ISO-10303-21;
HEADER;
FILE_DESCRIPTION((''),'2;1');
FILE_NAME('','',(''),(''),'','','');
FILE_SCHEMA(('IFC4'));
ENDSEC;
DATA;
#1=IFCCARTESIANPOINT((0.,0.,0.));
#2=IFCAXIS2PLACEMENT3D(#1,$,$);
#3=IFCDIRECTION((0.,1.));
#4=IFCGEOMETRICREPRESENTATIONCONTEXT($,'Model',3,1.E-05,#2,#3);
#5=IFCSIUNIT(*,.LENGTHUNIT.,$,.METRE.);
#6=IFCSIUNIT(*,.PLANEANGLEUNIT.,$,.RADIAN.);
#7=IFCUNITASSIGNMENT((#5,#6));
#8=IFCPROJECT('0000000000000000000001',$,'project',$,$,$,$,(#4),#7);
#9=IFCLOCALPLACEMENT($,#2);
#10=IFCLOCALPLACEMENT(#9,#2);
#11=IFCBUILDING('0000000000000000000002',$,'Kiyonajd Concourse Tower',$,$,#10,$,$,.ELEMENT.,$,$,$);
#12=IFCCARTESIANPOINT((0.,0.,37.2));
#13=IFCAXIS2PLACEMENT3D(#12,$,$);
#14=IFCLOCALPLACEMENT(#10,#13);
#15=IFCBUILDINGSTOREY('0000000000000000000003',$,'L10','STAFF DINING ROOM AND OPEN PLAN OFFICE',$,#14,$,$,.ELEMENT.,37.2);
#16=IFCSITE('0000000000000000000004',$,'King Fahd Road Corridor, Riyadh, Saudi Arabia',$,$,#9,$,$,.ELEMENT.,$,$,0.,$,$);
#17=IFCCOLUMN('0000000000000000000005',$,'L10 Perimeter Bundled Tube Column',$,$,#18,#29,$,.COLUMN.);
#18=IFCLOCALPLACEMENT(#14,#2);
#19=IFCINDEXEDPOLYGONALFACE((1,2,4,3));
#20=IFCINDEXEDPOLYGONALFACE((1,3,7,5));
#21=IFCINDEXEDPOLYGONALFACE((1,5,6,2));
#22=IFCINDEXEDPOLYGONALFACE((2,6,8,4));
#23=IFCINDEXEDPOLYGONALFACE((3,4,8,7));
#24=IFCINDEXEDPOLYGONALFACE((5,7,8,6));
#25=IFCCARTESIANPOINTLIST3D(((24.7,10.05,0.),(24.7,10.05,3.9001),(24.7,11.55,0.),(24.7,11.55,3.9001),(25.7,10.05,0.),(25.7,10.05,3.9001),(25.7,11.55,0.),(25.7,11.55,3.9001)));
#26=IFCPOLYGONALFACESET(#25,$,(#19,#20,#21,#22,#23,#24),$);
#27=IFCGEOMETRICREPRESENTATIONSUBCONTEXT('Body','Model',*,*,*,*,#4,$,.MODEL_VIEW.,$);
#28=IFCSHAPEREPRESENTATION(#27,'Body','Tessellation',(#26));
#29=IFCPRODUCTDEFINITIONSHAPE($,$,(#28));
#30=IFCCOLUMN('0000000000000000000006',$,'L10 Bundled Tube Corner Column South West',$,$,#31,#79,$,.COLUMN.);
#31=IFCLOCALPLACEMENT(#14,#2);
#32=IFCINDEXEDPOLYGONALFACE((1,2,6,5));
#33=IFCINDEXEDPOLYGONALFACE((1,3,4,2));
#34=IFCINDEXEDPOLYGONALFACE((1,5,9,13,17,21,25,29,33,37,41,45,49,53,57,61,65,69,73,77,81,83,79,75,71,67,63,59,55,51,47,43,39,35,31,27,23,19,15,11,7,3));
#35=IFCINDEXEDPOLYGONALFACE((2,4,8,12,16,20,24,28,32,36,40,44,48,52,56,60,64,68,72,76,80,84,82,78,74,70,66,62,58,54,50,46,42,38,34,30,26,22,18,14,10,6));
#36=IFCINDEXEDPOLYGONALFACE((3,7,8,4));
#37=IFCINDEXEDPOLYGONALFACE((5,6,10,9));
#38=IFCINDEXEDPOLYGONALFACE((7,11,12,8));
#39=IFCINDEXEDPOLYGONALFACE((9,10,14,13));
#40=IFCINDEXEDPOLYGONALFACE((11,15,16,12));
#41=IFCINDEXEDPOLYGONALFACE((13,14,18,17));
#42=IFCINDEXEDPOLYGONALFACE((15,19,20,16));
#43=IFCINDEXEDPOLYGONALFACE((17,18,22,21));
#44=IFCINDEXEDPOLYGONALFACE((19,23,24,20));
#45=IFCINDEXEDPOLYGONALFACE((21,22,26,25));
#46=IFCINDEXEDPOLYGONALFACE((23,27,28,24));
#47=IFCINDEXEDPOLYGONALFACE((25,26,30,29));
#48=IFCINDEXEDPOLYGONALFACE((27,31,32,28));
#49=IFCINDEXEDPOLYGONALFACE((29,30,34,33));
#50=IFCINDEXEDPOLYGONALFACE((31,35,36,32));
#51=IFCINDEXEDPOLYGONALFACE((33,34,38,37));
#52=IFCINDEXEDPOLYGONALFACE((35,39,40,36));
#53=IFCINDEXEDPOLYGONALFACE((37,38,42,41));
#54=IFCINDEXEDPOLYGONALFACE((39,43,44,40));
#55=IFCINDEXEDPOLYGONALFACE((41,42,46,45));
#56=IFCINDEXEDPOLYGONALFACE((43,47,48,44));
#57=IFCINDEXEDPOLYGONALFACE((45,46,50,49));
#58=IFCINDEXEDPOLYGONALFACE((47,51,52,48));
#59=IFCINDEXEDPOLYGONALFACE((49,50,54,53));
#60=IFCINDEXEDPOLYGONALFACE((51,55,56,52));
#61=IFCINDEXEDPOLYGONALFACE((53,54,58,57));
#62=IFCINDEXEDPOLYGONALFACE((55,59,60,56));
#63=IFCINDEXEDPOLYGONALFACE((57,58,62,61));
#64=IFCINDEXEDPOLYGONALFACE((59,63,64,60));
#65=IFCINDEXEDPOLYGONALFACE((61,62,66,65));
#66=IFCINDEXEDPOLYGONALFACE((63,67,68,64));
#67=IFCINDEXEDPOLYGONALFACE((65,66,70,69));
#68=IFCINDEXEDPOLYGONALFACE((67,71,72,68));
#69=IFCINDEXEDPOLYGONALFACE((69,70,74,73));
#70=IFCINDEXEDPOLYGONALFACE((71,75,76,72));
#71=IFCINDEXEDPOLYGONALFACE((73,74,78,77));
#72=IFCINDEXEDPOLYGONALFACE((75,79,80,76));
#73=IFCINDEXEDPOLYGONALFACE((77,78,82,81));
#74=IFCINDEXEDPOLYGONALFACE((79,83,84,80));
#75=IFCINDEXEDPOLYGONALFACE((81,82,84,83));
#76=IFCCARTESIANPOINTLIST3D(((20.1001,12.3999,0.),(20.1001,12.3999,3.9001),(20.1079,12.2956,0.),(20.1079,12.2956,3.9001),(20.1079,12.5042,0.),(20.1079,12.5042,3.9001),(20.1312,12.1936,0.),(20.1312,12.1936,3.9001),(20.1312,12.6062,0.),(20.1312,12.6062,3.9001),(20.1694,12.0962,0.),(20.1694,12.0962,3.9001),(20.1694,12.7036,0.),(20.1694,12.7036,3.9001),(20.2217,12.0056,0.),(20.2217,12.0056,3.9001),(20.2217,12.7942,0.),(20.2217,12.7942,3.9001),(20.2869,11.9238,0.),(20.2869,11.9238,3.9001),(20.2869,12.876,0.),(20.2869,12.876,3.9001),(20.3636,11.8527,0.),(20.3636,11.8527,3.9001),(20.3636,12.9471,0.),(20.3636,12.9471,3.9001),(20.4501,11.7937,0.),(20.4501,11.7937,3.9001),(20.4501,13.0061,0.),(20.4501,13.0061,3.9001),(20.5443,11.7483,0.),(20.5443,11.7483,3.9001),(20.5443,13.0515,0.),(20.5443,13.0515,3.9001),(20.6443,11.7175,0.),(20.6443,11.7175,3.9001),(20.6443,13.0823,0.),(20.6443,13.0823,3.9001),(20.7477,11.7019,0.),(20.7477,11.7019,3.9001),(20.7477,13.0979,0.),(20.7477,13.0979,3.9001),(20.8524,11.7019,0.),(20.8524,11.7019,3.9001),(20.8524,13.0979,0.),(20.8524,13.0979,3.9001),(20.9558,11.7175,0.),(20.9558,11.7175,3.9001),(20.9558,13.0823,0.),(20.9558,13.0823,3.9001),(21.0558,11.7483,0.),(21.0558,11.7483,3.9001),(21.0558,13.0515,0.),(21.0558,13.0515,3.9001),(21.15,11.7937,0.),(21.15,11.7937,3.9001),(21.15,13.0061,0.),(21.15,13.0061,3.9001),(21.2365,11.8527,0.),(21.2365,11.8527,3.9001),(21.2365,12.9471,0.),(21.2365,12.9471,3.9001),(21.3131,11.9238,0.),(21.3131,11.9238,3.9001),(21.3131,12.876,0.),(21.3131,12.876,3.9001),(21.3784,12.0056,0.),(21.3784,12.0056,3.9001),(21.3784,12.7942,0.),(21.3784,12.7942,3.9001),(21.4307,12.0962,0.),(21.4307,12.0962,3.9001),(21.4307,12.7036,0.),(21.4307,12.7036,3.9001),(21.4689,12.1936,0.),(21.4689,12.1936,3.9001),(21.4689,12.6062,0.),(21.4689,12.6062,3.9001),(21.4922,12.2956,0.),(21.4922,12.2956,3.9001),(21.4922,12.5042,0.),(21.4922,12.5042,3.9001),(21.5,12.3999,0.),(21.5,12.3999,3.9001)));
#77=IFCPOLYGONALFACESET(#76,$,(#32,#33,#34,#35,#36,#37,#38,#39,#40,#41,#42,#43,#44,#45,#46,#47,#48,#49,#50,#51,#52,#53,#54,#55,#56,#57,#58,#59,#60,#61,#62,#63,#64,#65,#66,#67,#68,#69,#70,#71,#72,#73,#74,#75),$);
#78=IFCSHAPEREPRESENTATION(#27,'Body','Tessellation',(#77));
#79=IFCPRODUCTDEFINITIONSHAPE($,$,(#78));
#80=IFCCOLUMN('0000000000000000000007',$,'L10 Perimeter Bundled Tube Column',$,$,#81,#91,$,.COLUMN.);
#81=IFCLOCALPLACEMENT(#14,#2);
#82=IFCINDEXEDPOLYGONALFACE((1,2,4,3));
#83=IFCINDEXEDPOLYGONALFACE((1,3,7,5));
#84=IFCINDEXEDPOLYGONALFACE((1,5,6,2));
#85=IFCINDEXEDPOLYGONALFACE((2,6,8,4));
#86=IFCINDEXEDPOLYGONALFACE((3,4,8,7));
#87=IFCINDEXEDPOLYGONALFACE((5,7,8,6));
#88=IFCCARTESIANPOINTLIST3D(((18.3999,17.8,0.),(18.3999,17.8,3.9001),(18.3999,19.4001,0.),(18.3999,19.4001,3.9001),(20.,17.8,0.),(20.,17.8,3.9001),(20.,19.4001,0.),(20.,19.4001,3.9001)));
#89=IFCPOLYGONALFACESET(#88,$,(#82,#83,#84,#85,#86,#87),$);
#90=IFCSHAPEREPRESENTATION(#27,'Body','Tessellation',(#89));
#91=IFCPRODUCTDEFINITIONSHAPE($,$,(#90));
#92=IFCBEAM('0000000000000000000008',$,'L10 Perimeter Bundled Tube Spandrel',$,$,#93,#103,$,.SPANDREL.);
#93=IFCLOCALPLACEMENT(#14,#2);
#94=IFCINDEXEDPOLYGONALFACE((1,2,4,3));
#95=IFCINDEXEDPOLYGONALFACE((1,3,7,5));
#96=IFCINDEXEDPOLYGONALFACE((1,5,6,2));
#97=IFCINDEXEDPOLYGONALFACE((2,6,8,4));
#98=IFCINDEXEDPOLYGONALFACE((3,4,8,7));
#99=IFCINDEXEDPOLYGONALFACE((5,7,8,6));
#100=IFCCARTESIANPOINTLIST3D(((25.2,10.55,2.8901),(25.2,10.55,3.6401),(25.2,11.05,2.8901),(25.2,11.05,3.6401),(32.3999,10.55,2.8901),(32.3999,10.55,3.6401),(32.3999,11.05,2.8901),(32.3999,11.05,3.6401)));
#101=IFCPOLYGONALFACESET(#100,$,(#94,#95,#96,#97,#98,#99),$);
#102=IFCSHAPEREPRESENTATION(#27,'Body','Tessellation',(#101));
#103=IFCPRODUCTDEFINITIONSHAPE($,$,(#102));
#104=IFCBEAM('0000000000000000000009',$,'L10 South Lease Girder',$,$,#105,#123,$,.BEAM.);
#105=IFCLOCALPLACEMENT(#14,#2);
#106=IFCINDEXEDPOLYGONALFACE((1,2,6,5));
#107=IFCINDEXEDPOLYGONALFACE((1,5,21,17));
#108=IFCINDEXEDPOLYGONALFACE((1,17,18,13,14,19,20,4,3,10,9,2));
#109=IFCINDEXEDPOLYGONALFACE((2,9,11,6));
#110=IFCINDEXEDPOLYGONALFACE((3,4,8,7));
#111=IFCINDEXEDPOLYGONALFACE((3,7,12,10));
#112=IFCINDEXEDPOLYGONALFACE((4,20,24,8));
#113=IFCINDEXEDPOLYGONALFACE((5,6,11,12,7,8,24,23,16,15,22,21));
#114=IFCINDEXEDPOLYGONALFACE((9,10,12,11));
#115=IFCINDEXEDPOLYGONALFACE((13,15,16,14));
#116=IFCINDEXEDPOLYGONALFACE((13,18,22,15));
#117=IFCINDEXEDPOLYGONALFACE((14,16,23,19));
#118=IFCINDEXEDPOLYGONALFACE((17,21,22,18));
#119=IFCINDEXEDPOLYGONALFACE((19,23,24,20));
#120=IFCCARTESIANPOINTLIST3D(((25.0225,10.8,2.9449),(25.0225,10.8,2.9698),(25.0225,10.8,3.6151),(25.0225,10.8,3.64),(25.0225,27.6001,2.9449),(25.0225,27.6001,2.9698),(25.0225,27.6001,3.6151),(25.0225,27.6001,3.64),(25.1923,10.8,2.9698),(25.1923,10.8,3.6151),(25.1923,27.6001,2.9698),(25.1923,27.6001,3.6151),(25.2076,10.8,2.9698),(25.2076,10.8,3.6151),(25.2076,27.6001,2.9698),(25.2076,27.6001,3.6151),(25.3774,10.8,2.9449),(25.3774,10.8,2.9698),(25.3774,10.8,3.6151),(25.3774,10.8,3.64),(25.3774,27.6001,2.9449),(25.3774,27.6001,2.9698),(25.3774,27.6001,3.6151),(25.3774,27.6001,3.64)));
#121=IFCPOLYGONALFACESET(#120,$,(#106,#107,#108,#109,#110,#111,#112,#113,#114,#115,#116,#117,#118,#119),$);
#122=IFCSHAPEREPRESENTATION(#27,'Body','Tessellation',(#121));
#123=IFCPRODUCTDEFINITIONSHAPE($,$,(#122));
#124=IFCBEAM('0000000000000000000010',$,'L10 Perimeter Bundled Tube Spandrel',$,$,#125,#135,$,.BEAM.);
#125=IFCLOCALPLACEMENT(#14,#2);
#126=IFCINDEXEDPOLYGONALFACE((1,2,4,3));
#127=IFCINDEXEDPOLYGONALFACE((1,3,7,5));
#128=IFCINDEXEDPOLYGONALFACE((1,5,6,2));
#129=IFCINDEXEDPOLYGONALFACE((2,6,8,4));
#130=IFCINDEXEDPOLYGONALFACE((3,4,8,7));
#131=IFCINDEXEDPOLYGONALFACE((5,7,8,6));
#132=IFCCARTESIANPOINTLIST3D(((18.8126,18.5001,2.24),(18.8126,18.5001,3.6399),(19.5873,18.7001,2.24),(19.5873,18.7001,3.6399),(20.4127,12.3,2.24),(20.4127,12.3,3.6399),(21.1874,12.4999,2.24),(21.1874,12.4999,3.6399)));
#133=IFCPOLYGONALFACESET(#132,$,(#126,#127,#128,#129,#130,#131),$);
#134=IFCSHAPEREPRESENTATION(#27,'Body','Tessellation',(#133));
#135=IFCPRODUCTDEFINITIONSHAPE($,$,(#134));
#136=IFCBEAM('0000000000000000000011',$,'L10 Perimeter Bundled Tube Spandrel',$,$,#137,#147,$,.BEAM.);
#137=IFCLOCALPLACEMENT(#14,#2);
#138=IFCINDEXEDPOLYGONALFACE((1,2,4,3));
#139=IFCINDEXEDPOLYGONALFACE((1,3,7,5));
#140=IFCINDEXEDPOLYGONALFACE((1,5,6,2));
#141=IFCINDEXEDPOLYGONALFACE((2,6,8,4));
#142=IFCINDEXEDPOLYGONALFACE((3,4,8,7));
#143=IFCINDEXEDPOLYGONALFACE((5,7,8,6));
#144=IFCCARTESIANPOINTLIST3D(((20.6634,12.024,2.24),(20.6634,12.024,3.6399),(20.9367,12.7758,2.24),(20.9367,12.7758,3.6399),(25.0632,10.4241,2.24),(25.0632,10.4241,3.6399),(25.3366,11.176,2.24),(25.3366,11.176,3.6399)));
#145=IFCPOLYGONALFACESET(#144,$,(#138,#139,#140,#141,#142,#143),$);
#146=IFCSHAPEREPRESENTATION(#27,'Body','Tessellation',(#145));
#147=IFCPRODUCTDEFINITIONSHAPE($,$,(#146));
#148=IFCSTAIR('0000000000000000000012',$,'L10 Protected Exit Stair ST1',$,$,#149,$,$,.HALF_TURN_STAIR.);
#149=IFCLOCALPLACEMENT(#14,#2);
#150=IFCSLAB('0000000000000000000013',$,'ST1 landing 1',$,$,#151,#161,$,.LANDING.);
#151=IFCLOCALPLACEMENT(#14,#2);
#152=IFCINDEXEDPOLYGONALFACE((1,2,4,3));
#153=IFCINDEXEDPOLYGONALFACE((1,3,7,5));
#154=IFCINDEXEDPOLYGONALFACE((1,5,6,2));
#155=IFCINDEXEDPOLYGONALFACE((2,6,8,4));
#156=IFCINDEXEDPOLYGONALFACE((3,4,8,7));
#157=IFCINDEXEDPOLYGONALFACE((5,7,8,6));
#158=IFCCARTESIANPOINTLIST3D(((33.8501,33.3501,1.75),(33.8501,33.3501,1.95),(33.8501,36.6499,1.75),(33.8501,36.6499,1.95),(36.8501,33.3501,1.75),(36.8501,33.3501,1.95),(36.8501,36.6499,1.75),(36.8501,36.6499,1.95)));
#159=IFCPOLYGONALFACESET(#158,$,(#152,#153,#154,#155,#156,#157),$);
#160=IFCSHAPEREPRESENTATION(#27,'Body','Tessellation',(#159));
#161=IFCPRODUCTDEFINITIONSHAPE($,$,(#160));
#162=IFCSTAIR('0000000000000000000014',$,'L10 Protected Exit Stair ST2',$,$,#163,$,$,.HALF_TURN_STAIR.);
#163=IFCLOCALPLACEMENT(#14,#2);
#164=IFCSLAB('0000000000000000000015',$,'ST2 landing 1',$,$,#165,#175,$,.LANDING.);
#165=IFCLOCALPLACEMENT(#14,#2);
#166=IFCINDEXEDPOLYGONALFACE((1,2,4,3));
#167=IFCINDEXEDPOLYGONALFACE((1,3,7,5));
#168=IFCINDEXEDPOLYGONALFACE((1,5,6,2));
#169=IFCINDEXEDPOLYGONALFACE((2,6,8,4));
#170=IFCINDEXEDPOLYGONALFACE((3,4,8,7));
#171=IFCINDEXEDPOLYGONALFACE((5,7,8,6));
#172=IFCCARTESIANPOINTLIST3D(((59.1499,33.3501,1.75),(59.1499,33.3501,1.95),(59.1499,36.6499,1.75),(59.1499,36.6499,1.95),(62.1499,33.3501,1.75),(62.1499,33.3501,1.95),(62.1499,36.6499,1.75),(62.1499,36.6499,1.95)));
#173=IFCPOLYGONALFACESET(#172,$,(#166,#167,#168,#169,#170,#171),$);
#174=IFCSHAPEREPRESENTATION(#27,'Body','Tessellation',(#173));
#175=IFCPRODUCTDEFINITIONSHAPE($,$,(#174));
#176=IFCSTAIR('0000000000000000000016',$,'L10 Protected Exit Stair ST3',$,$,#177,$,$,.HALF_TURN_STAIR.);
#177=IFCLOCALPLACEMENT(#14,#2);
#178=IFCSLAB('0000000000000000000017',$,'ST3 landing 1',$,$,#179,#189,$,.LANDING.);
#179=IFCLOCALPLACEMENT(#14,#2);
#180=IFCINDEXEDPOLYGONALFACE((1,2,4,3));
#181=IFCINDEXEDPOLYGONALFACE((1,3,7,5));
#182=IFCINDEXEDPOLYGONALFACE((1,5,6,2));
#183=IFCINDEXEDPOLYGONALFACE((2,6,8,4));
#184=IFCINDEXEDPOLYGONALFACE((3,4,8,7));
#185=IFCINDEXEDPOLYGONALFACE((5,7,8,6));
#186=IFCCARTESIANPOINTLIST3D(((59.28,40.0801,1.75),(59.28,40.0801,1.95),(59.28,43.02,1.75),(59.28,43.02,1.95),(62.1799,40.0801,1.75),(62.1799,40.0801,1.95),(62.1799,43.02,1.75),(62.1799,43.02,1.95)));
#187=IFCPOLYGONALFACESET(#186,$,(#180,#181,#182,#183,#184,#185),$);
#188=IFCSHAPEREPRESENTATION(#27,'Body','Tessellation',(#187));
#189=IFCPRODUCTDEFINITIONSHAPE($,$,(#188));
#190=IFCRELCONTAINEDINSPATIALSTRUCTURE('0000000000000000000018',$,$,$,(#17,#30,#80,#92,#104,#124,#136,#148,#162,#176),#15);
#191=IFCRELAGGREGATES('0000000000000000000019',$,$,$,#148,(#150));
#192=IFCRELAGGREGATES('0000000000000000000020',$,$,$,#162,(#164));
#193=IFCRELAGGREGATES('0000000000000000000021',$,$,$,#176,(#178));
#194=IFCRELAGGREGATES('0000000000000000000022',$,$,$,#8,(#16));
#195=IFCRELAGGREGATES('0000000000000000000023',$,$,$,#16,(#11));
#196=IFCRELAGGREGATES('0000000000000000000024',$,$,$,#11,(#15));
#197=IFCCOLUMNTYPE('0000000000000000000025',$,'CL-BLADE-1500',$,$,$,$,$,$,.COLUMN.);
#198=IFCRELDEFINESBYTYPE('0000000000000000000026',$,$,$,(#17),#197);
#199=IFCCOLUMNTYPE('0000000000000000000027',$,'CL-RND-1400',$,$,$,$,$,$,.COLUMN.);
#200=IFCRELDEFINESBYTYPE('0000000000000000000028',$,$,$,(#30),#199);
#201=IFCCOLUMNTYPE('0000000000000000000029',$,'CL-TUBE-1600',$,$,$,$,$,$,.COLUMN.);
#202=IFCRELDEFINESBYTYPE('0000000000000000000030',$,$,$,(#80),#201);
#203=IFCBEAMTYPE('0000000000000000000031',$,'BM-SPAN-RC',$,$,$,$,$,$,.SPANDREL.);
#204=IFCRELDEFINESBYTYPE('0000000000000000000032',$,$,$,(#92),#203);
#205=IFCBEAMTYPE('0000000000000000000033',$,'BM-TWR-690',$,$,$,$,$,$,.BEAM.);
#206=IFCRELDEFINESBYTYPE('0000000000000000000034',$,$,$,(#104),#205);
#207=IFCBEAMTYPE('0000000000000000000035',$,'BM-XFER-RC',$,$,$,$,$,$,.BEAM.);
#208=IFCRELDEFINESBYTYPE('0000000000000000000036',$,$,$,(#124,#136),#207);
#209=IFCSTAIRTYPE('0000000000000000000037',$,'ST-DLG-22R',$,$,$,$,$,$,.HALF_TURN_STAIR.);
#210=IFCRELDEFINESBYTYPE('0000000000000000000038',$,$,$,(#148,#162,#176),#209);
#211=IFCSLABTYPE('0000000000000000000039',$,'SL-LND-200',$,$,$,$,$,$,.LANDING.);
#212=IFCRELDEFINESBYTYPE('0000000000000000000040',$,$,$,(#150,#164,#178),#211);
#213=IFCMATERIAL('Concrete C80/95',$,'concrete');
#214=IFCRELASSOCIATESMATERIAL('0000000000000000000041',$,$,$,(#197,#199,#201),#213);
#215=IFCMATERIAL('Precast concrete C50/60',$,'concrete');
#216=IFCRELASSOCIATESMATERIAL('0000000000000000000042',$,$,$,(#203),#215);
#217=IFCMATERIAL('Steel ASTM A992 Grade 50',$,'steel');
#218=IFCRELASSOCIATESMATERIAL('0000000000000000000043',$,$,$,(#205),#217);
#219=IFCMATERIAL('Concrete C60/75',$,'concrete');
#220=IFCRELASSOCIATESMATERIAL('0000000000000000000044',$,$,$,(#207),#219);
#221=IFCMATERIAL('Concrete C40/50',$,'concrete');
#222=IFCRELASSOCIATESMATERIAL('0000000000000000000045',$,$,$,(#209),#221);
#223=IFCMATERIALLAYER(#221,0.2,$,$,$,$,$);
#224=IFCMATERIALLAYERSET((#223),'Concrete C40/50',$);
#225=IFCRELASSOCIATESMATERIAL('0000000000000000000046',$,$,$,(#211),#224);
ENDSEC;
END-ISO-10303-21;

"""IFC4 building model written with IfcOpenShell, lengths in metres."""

from ifc_helpers import new_model, si_unit, direction, frame, origin, origin_2d, place, context, subcontext, project, spatial, polyline, rectangle, circle, i_section, outline, extrude, material, layer, layer_set, material_profile, profile_set, type_object, element, aggregate, save


model = new_model("IFC4")

# Units and contexts
model_context = context("Model", 3, precision=1e-05, world=origin(), true_north=direction((0.0, 1.0)))
body_context = subcontext(model_context, "Body", "Model", "MODEL_VIEW")
ifc_project = project(units=[si_unit("LENGTHUNIT", "METRE"), si_unit("PLANEANGLEUNIT", "RADIAN")], contexts=[model_context])

# Site, building, storey
site_placement = place(None, origin())
site = spatial("IfcSite", under=ifc_project, at=site_placement, Name="King Fahd Road Corridor, Riyadh, Saudi Arabia", CompositionType="ELEMENT", RefElevation=0.0)
building_placement = place(site_placement, origin())
building = spatial("IfcBuilding", under=site, at=building_placement, Name="Kiyonajd Concourse Tower", CompositionType="ELEMENT")
storey_placement = place(building_placement, frame((0.0, 0.0, 37.2)))
storey = spatial("IfcBuildingStorey", under=building, at=storey_placement, Name="L10", Description="STAFF DINING ROOM AND OPEN PLAN OFFICE", CompositionType="ELEMENT", Elevation=37.2)

# Columns
ifc_material_1 = material(Name="Concrete C80/95", Category="concrete")
ifc_material_profile_1 = material_profile(ifc_material_1, rectangle(XDim=1.0, YDim=1.5, at=origin_2d()), Name="RC-1500x1000")
ifc_profile_set_1 = profile_set([ifc_material_profile_1], Name="Concrete C80/95")
column_type_1 = type_object("IfcColumnType", Name="CL-BLADE-1500", PredefinedType="COLUMN", material=ifc_profile_set_1)
column_1_placement = place(storey_placement, frame((25.2, 10.8, 0.0), z_axis=(0.0, 0.0, 1.0), x_axis=(1.0, 0.0, 0.0)))
element("IfcColumn", 1, at=column_1_placement, inside=storey, type_object=column_type_1, Name="L10 Perimeter Bundled Tube Column", PredefinedType="COLUMN", context=body_context, shape_type="SweptSolid", body=[
    extrude(rectangle(XDim=1.0, YDim=1.5, at=origin_2d()), origin(), (0.0, 0.0, 1.0), 3.9001),
])
ifc_material_profile_2 = material_profile(ifc_material_1, circle(Radius=0.7, at=origin_2d()), Name="RCC-D1400")
ifc_profile_set_2 = profile_set([ifc_material_profile_2], Name="Concrete C80/95")
column_type_2 = type_object("IfcColumnType", Name="CL-RND-1400", PredefinedType="COLUMN", material=ifc_profile_set_2)
column_2_placement = place(storey_placement, frame((20.8, 12.3999, 0.0), z_axis=(0.0, 0.0, 1.0), x_axis=(1.0, 0.0, 0.0)))
element("IfcColumn", 2, at=column_2_placement, inside=storey, type_object=column_type_2, Name="L10 Bundled Tube Corner Column South West", PredefinedType="COLUMN", context=body_context, shape_type="SweptSolid", body=[
    extrude(circle(Radius=0.7, at=origin_2d()), origin(), (0.0, 0.0, 1.0), 3.9001),
])
ifc_material_profile_3 = material_profile(ifc_material_1, rectangle(XDim=1.6001, YDim=1.6001, at=origin_2d()), Name="RC-1600x1600")
ifc_profile_set_3 = profile_set([ifc_material_profile_3], Name="Concrete C80/95")
column_type_3 = type_object("IfcColumnType", Name="CL-TUBE-1600", PredefinedType="COLUMN", material=ifc_profile_set_3)
column_3_placement = place(storey_placement, frame((19.2, 18.6001, 0.0), z_axis=(0.0, 0.0, 1.0), x_axis=(1.0, 0.0, 0.0)))
element("IfcColumn", 3, at=column_3_placement, inside=storey, type_object=column_type_3, Name="L10 Perimeter Bundled Tube Column", PredefinedType="COLUMN", context=body_context, shape_type="SweptSolid", body=[
    extrude(rectangle(XDim=1.6001, YDim=1.6001, at=origin_2d()), origin(), (0.0, 0.0, 1.0), 3.9001),
])

# Beams
ifc_material_2 = material(Name="Precast concrete C50/60", Category="concrete")
ifc_material_profile_4 = material_profile(ifc_material_2, rectangle(XDim=0.5, YDim=0.75, at=origin_2d()), Name="RCBM-500x750")
ifc_profile_set_4 = profile_set([ifc_material_profile_4], Name="Precast concrete C50/60")
beam_type_1 = type_object("IfcBeamType", Name="BM-SPAN-RC", PredefinedType="SPANDREL", material=ifc_profile_set_4)
beam_1_placement = place(storey_placement, frame((25.2, 10.8, 3.2651), z_axis=(1.0, 0.0, 0.0), x_axis=(0.0, 1.0, 0.0)))
element("IfcBeam", 4, at=beam_1_placement, inside=storey, type_object=beam_type_1, Name="L10 Perimeter Bundled Tube Spandrel", PredefinedType="SPANDREL", context=body_context, shape_type="SweptSolid", body=[
    extrude(rectangle(XDim=0.5, YDim=0.75, at=origin_2d()), origin(), (0.0, 0.0, 1.0), 7.2),
])
ifc_material_3 = material(Name="Steel ASTM A992 Grade 50", Category="steel")
ifc_material_profile_5 = material_profile(ifc_material_3, i_section(OverallWidth=0.355, OverallDepth=0.6951, WebThickness=0.0154, FlangeThickness=0.0249, at=origin_2d()), Name="W690X217")
ifc_profile_set_5 = profile_set([ifc_material_profile_5], Name="Steel ASTM A992 Grade 50")
beam_type_2 = type_object("IfcBeamType", Name="BM-TWR-690", PredefinedType="BEAM", material=ifc_profile_set_5)
beam_2_placement = place(storey_placement, frame((25.2, 10.8, 3.2925), z_axis=(0.0, 1.0, 0.0), x_axis=(-1.0, 0.0, 0.0)))
element("IfcBeam", 5, at=beam_2_placement, inside=storey, type_object=beam_type_2, Name="L10 South Lease Girder", PredefinedType="BEAM", context=body_context, shape_type="SweptSolid", body=[
    extrude(i_section(OverallWidth=0.355, OverallDepth=0.6951, WebThickness=0.0154, FlangeThickness=0.0249, at=origin_2d()), origin(), (0.0, 0.0, 1.0), 16.8),
])
ifc_material_4 = material(Name="Concrete C60/75", Category="concrete")
ifc_material_profile_6 = material_profile(ifc_material_4, rectangle(XDim=0.8, YDim=1.3999, at=origin_2d()), Name="RCBM-800x1400")
ifc_profile_set_6 = profile_set([ifc_material_profile_6], Name="Concrete C60/75")
beam_type_3 = type_object("IfcBeamType", Name="BM-XFER-RC", PredefinedType="BEAM", material=ifc_profile_set_6)
beam_3_placement = place(storey_placement, frame((19.2, 18.6001, 2.9399), z_axis=(0.249885, -0.968276, 0.0), x_axis=(0.968276, 0.249885, 0.0)))
element("IfcBeam", 6, at=beam_3_placement, inside=storey, type_object=beam_type_3, Name="L10 Perimeter Bundled Tube Spandrel", PredefinedType="BEAM", context=body_context, shape_type="SweptSolid", body=[
    extrude(rectangle(XDim=0.8, YDim=1.3999, at=origin_2d()), origin(), (0.0, 0.0, 1.0), 6.4033),
])
beam_4_placement = place(storey_placement, frame((20.8, 12.3999, 2.9399), z_axis=(0.939801, -0.341722, 0.0), x_axis=(0.341722, 0.939801, 0.0)))
element("IfcBeam", 7, at=beam_4_placement, inside=storey, type_object=beam_type_3, Name="L10 Perimeter Bundled Tube Spandrel", PredefinedType="BEAM", context=body_context, shape_type="SweptSolid", body=[
    extrude(rectangle(XDim=0.8, YDim=1.3999, at=origin_2d()), origin(), (0.0, 0.0, 1.0), 4.6816),
])

# Stairs, slabs
ifc_material_5 = material(Name="Concrete C40/50", Category="concrete")
stair_type = type_object("IfcStairType", Name="ST-DLG-22R", PredefinedType="HALF_TURN_STAIR", material=ifc_material_5)
stair_1_placement = place(storey_placement, origin())
stair_1 = element("IfcStair", 8, at=stair_1_placement, inside=storey, type_object=stair_type, Name="L10 Protected Exit Stair ST1", PredefinedType="HALF_TURN_STAIR")
ifc_layer_1 = layer(ifc_material_5, 0.2)
ifc_layer_set_1 = layer_set([ifc_layer_1], Name="Concrete C40/50")
slab_type_1 = type_object("IfcSlabType", Name="SL-LND-200", PredefinedType="LANDING", material=ifc_layer_set_1)
slab_1_placement = place(storey_placement, frame((0.0, 0.0, 1.75)))
slab_1 = element("IfcSlab", 9, at=slab_1_placement, type_object=slab_type_1, Name="ST1 landing 1", PredefinedType="LANDING", context=body_context, shape_type="SweptSolid", body=[
    extrude(outline(polyline([(36.8501, 33.3501), (36.8501, 36.6499), (33.8501, 36.6499), (33.8501, 33.3501), (36.8501, 33.3501)])), origin(), (0.0, 0.0, 1.0), 0.2),
])
aggregate(stair_1, [slab_1])
stair_2_placement = place(storey_placement, origin())
stair_2 = element("IfcStair", 10, at=stair_2_placement, inside=storey, type_object=stair_type, Name="L10 Protected Exit Stair ST2", PredefinedType="HALF_TURN_STAIR")
slab_2_placement = place(storey_placement, frame((0.0, 0.0, 1.75)))
slab_2 = element("IfcSlab", 11, at=slab_2_placement, type_object=slab_type_1, Name="ST2 landing 1", PredefinedType="LANDING", context=body_context, shape_type="SweptSolid", body=[
    extrude(outline(polyline([(62.1499, 33.3501), (62.1499, 36.6499), (59.1499, 36.6499), (59.1499, 33.3501), (62.1499, 33.3501)])), origin(), (0.0, 0.0, 1.0), 0.2),
])
aggregate(stair_2, [slab_2])
stair_3_placement = place(storey_placement, origin())
stair_3 = element("IfcStair", 12, at=stair_3_placement, inside=storey, type_object=stair_type, Name="L10 Protected Exit Stair ST3", PredefinedType="HALF_TURN_STAIR")
slab_3_placement = place(storey_placement, frame((0.0, 0.0, 1.75)))
slab_3 = element("IfcSlab", 13, at=slab_3_placement, type_object=slab_type_1, Name="ST3 landing 1", PredefinedType="LANDING", context=body_context, shape_type="SweptSolid", body=[
    extrude(outline(polyline([(59.28, 40.0801), (62.1799, 40.0801), (62.1799, 43.02), (59.28, 43.02), (59.28, 40.0801)])), origin(), (0.0, 0.0, 1.0), 0.2),
])
aggregate(stair_3, [slab_3])

save(model, "model.ifc")
